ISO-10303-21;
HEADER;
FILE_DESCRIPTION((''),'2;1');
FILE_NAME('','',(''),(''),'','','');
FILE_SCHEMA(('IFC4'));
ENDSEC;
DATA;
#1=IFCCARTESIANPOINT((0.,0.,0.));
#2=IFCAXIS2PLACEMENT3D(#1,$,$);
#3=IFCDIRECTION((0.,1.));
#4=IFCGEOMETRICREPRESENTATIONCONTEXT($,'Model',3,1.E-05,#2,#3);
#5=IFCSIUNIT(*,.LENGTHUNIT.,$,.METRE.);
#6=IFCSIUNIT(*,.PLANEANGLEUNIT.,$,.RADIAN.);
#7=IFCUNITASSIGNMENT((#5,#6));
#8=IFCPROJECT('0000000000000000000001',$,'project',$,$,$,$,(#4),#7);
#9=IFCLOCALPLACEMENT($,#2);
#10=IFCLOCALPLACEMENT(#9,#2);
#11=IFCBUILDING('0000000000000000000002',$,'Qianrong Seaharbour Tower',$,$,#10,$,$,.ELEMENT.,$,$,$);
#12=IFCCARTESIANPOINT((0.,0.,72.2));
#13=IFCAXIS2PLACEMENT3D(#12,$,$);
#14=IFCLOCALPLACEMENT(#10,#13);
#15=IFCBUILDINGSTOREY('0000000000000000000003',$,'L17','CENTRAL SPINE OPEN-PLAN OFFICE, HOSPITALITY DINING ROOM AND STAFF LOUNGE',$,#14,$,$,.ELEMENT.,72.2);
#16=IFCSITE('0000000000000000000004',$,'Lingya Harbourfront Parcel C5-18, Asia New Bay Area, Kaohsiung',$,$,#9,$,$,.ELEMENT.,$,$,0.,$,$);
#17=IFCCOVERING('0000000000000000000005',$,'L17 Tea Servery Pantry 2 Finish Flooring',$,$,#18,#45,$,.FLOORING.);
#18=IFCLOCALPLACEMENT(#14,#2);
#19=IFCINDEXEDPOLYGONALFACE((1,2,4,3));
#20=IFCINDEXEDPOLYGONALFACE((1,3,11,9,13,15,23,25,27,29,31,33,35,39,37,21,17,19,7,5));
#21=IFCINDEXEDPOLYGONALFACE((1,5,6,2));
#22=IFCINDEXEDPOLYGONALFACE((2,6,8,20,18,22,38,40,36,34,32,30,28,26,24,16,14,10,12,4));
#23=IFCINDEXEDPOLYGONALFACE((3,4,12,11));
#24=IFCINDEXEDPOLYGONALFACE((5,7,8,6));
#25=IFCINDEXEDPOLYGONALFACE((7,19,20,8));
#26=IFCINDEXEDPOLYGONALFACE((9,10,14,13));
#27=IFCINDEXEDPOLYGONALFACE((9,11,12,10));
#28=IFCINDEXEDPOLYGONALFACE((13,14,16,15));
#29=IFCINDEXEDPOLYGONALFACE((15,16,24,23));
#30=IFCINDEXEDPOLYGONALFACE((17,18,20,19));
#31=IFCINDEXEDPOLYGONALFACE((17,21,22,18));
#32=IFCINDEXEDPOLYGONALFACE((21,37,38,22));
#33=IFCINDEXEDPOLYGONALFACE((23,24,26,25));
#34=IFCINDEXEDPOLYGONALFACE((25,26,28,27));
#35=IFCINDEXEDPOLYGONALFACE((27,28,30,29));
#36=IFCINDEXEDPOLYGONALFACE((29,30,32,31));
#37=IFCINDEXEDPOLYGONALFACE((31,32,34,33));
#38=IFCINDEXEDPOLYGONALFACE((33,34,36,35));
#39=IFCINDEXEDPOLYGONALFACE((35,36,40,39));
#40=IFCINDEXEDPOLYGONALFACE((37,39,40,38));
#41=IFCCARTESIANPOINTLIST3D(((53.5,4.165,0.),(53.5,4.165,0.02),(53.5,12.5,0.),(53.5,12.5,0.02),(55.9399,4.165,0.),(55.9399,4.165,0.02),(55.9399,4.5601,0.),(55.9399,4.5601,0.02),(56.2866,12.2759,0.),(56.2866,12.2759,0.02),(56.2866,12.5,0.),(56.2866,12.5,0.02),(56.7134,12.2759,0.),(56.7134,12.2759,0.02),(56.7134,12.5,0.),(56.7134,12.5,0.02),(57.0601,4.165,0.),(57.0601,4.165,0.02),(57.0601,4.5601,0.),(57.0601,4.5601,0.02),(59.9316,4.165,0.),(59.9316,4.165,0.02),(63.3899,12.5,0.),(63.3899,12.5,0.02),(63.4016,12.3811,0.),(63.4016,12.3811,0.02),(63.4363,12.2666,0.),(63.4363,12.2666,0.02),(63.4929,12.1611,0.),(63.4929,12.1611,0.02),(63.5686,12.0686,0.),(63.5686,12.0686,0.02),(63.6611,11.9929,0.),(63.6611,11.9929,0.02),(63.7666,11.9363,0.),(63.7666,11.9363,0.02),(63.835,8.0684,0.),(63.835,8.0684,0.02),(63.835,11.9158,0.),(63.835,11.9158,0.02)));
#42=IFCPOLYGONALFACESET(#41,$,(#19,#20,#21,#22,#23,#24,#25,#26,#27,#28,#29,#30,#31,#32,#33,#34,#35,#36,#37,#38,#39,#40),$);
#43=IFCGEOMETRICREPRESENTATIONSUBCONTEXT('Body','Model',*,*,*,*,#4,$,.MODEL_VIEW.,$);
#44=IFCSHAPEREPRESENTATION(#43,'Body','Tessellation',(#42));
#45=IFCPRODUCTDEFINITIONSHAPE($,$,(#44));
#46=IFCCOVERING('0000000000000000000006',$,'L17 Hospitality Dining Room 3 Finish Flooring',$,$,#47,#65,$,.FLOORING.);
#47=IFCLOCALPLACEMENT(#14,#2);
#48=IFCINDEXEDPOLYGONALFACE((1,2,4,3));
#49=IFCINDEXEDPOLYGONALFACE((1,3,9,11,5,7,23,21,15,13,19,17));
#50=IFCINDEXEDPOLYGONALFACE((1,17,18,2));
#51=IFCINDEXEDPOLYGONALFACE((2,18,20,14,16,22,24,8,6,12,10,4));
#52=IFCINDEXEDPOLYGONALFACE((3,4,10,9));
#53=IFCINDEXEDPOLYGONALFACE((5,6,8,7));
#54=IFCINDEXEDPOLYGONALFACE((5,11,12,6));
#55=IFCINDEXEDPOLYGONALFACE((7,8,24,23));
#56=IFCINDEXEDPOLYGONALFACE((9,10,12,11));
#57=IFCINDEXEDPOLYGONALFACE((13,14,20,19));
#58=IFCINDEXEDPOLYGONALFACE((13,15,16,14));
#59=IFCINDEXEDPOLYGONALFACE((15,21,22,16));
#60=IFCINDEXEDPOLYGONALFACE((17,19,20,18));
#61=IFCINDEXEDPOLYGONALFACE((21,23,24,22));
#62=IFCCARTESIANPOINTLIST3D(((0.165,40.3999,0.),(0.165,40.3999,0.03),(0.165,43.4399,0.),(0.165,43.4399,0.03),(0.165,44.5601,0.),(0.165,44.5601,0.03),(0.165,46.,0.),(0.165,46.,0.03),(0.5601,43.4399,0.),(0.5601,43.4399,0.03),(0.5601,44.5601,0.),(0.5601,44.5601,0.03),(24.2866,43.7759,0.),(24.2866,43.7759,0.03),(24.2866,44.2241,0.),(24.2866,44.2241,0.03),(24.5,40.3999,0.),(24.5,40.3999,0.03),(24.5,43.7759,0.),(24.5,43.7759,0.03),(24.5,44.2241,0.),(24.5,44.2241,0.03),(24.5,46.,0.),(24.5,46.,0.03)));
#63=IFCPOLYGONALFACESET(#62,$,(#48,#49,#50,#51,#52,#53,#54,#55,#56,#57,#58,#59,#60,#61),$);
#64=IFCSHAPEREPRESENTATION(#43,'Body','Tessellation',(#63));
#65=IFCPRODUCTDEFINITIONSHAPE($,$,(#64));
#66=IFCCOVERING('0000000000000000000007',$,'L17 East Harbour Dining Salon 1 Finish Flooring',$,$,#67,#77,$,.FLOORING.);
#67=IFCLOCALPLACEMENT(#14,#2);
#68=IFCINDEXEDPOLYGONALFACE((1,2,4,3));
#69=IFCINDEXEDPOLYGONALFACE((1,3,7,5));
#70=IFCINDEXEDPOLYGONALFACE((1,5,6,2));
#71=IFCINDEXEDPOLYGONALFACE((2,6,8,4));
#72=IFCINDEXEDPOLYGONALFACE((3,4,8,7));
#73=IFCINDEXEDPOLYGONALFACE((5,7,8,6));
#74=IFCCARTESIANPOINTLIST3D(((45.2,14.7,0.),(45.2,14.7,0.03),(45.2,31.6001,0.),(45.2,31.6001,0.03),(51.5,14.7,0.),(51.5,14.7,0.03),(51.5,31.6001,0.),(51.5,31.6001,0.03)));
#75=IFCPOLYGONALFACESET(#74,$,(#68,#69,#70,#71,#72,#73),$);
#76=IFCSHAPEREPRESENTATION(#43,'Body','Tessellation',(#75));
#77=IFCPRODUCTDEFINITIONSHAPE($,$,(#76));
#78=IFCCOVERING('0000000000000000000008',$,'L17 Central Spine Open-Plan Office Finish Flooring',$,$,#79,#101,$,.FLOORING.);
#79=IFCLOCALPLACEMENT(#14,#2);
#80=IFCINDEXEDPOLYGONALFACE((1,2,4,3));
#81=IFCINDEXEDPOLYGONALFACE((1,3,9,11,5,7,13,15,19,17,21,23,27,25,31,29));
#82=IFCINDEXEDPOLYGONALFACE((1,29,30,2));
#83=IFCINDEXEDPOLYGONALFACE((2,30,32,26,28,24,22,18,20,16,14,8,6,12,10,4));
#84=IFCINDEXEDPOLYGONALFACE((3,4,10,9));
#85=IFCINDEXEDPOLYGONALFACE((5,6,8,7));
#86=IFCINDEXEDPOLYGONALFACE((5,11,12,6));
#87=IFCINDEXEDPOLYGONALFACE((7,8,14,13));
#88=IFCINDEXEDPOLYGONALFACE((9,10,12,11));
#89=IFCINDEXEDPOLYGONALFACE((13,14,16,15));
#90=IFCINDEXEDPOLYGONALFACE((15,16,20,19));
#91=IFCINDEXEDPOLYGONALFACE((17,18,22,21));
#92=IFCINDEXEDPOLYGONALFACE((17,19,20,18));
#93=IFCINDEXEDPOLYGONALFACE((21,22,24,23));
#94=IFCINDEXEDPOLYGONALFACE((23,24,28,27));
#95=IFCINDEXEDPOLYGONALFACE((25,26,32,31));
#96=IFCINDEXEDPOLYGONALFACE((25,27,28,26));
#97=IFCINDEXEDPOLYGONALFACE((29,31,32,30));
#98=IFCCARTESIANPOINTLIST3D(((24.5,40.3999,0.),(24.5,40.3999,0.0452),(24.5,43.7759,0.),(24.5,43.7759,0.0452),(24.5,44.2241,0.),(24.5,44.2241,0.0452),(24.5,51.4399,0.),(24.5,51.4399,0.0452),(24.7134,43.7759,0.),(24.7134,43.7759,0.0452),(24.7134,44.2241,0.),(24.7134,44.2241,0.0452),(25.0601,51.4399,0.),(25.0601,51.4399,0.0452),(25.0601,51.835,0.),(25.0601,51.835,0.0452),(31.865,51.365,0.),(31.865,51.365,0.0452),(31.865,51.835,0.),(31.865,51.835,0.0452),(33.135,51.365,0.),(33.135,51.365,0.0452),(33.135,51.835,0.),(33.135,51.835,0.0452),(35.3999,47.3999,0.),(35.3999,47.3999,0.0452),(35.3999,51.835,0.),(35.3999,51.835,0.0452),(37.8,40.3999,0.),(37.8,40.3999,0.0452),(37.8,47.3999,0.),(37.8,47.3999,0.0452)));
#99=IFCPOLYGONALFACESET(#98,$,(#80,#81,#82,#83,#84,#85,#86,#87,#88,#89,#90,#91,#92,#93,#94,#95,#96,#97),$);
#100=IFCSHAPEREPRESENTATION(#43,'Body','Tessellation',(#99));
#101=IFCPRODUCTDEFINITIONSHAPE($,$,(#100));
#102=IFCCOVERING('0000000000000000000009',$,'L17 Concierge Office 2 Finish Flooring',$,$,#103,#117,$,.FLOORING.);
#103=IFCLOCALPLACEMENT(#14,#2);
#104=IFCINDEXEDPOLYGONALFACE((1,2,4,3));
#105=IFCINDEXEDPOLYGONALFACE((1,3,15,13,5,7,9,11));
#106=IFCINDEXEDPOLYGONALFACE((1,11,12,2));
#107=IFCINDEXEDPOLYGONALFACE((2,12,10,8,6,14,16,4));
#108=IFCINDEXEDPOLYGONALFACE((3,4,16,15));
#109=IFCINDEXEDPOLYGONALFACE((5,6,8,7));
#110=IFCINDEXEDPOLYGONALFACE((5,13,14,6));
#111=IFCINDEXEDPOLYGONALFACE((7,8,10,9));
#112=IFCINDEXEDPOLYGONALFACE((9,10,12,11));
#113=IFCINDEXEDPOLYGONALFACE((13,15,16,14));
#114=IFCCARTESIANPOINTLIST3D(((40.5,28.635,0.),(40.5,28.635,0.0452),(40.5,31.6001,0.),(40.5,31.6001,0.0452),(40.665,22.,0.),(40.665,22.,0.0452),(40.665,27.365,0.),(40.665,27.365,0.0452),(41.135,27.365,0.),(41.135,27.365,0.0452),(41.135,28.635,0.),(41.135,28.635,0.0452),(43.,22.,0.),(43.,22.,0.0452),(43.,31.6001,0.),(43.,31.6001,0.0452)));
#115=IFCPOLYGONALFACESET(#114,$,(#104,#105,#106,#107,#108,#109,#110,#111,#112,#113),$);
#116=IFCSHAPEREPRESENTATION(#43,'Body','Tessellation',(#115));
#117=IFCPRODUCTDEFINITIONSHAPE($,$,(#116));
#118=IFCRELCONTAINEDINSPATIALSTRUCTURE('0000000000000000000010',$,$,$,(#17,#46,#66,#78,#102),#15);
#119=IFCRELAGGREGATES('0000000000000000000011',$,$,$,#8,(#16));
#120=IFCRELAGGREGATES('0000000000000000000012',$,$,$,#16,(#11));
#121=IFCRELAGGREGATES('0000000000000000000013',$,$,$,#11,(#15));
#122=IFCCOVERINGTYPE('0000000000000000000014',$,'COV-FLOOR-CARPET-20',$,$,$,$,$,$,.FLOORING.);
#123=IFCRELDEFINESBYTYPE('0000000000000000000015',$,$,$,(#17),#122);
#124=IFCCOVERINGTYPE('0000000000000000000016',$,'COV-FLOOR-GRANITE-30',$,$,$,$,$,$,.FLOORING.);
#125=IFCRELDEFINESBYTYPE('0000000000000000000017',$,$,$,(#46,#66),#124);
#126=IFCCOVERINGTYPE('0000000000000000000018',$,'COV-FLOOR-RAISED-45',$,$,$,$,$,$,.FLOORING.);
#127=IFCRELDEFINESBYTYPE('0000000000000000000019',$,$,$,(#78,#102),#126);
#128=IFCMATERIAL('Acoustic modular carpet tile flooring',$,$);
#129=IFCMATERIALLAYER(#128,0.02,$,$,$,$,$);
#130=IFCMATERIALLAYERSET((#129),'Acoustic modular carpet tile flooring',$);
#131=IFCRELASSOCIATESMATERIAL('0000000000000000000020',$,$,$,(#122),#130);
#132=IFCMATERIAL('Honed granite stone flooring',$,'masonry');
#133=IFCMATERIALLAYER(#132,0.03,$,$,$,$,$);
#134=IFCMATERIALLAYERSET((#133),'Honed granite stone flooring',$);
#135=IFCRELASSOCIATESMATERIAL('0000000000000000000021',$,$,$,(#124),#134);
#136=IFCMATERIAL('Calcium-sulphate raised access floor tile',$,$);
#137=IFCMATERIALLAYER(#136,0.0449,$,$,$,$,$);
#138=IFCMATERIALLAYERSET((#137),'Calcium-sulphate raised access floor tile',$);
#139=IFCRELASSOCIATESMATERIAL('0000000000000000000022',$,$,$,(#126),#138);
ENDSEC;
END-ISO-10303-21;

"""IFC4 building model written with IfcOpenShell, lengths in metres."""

from ifc_helpers import new_model, si_unit, direction, frame, origin, place, context, subcontext, project, spatial, polyline, outline, extrude, material, layer, layer_set, type_object, element, save


model = new_model("IFC4")

# Units and contexts
model_context = context("Model", 3, precision=1e-05, world=origin(), true_north=direction((0.0, 1.0)))
body_context = subcontext(model_context, "Body", "Model", "MODEL_VIEW")
ifc_project = project(units=[si_unit("LENGTHUNIT", "METRE"), si_unit("PLANEANGLEUNIT", "RADIAN")], contexts=[model_context])

# Site, building, storey
site_placement = place(None, origin())
site = spatial("IfcSite", under=ifc_project, at=site_placement, Name="Lingya Harbourfront Parcel C5-18, Asia New Bay Area, Kaohsiung", CompositionType="ELEMENT", RefElevation=0.0)
building_placement = place(site_placement, origin())
building = spatial("IfcBuilding", under=site, at=building_placement, Name="Qianrong Seaharbour Tower", CompositionType="ELEMENT")
storey_placement = place(building_placement, frame((0.0, 0.0, 72.2)))
storey = spatial("IfcBuildingStorey", under=building, at=storey_placement, Name="L17", Description="CENTRAL SPINE OPEN-PLAN OFFICE, HOSPITALITY DINING ROOM AND STAFF LOUNGE", CompositionType="ELEMENT", Elevation=72.2)

# Coverings
ifc_material_1 = material(Name="Acoustic modular carpet tile flooring")
ifc_layer_1 = layer(ifc_material_1, 0.02)
ifc_layer_set_1 = layer_set([ifc_layer_1], Name="Acoustic modular carpet tile flooring")
covering_type_1 = type_object("IfcCoveringType", Name="COV-FLOOR-CARPET-20", PredefinedType="FLOORING", material=ifc_layer_set_1)
covering_1_placement = place(storey_placement, origin())
element("IfcCovering", 1, at=covering_1_placement, inside=storey, type_object=covering_type_1, Name="L17 Tea Servery Pantry 2 Finish Flooring", PredefinedType="FLOORING", context=body_context, shape_type="SweptSolid", body=[
    extrude(outline(polyline([(63.835, 8.0684), (59.9316, 4.165), (57.0601, 4.165), (57.0601, 4.5601), (55.9399, 4.5601), (55.9399, 4.165), (53.5, 4.165), (53.5, 12.5), (56.2866, 12.5), (56.2866, 12.2759), (56.7134, 12.2759), (56.7134, 12.5), (63.3899, 12.5), (63.4016, 12.3811), (63.4363, 12.2666), (63.4929, 12.1611), (63.5686, 12.0686), (63.6611, 11.9929), (63.7666, 11.9363), (63.835, 11.9158), (63.835, 8.0684)])), origin(), (0.0, 0.0, 1.0), 0.02),
])
ifc_material_2 = material(Name="Honed granite stone flooring", Category="masonry")
ifc_layer_2 = layer(ifc_material_2, 0.03)
ifc_layer_set_2 = layer_set([ifc_layer_2], Name="Honed granite stone flooring")
covering_type_2 = type_object("IfcCoveringType", Name="COV-FLOOR-GRANITE-30", PredefinedType="FLOORING", material=ifc_layer_set_2)
covering_2_placement = place(storey_placement, origin())
element("IfcCovering", 2, at=covering_2_placement, inside=storey, type_object=covering_type_2, Name="L17 Hospitality Dining Room 3 Finish Flooring", PredefinedType="FLOORING", context=body_context, shape_type="SweptSolid", body=[
    extrude(outline(polyline([(0.165, 40.3999), (0.165, 43.4399), (0.5601, 43.4399), (0.5601, 44.5601), (0.165, 44.5601), (0.165, 46.0), (24.5, 46.0), (24.5, 44.2241), (24.2866, 44.2241), (24.2866, 43.7759), (24.5, 43.7759), (24.5, 40.3999), (0.165, 40.3999)])), origin(), (0.0, 0.0, 1.0), 0.03),
])
covering_3_placement = place(storey_placement, origin())
element("IfcCovering", 3, at=covering_3_placement, inside=storey, type_object=covering_type_2, Name="L17 East Harbour Dining Salon 1 Finish Flooring", PredefinedType="FLOORING", context=body_context, shape_type="SweptSolid", body=[
    extrude(outline(polyline([(51.5, 31.6001), (51.5, 14.7), (45.2, 14.7), (45.2, 31.6001), (51.5, 31.6001)])), origin(), (0.0, 0.0, 1.0), 0.03),
])
ifc_material_3 = material(Name="Calcium-sulphate raised access floor tile")
ifc_layer_3 = layer(ifc_material_3, 0.0449)
ifc_layer_set_3 = layer_set([ifc_layer_3], Name="Calcium-sulphate raised access floor tile")
covering_type_3 = type_object("IfcCoveringType", Name="COV-FLOOR-RAISED-45", PredefinedType="FLOORING", material=ifc_layer_set_3)
covering_4_placement = place(storey_placement, origin())
element("IfcCovering", 4, at=covering_4_placement, inside=storey, type_object=covering_type_3, Name="L17 Central Spine Open-Plan Office Finish Flooring", PredefinedType="FLOORING", context=body_context, shape_type="SweptSolid", body=[
    extrude(outline(polyline([(31.865, 51.835), (31.865, 51.365), (33.135, 51.365), (33.135, 51.835), (35.3999, 51.835), (35.3999, 47.3999), (37.8, 47.3999), (37.8, 40.3999), (24.5, 40.3999), (24.5, 43.7759), (24.7134, 43.7759), (24.7134, 44.2241), (24.5, 44.2241), (24.5, 51.4399), (25.0601, 51.4399), (25.0601, 51.835), (31.865, 51.835)])), origin(), (0.0, 0.0, 1.0), 0.0452),
])
covering_5_placement = place(storey_placement, origin())
element("IfcCovering", 5, at=covering_5_placement, inside=storey, type_object=covering_type_3, Name="L17 Concierge Office 2 Finish Flooring", PredefinedType="FLOORING", context=body_context, shape_type="SweptSolid", body=[
    extrude(outline(polyline([(43.0, 22.0), (40.665, 22.0), (40.665, 27.365), (41.135, 27.365), (41.135, 28.635), (40.5, 28.635), (40.5, 31.6001), (43.0, 31.6001), (43.0, 22.0)])), origin(), (0.0, 0.0, 1.0), 0.0452),
])

save(model, "model.ifc")
